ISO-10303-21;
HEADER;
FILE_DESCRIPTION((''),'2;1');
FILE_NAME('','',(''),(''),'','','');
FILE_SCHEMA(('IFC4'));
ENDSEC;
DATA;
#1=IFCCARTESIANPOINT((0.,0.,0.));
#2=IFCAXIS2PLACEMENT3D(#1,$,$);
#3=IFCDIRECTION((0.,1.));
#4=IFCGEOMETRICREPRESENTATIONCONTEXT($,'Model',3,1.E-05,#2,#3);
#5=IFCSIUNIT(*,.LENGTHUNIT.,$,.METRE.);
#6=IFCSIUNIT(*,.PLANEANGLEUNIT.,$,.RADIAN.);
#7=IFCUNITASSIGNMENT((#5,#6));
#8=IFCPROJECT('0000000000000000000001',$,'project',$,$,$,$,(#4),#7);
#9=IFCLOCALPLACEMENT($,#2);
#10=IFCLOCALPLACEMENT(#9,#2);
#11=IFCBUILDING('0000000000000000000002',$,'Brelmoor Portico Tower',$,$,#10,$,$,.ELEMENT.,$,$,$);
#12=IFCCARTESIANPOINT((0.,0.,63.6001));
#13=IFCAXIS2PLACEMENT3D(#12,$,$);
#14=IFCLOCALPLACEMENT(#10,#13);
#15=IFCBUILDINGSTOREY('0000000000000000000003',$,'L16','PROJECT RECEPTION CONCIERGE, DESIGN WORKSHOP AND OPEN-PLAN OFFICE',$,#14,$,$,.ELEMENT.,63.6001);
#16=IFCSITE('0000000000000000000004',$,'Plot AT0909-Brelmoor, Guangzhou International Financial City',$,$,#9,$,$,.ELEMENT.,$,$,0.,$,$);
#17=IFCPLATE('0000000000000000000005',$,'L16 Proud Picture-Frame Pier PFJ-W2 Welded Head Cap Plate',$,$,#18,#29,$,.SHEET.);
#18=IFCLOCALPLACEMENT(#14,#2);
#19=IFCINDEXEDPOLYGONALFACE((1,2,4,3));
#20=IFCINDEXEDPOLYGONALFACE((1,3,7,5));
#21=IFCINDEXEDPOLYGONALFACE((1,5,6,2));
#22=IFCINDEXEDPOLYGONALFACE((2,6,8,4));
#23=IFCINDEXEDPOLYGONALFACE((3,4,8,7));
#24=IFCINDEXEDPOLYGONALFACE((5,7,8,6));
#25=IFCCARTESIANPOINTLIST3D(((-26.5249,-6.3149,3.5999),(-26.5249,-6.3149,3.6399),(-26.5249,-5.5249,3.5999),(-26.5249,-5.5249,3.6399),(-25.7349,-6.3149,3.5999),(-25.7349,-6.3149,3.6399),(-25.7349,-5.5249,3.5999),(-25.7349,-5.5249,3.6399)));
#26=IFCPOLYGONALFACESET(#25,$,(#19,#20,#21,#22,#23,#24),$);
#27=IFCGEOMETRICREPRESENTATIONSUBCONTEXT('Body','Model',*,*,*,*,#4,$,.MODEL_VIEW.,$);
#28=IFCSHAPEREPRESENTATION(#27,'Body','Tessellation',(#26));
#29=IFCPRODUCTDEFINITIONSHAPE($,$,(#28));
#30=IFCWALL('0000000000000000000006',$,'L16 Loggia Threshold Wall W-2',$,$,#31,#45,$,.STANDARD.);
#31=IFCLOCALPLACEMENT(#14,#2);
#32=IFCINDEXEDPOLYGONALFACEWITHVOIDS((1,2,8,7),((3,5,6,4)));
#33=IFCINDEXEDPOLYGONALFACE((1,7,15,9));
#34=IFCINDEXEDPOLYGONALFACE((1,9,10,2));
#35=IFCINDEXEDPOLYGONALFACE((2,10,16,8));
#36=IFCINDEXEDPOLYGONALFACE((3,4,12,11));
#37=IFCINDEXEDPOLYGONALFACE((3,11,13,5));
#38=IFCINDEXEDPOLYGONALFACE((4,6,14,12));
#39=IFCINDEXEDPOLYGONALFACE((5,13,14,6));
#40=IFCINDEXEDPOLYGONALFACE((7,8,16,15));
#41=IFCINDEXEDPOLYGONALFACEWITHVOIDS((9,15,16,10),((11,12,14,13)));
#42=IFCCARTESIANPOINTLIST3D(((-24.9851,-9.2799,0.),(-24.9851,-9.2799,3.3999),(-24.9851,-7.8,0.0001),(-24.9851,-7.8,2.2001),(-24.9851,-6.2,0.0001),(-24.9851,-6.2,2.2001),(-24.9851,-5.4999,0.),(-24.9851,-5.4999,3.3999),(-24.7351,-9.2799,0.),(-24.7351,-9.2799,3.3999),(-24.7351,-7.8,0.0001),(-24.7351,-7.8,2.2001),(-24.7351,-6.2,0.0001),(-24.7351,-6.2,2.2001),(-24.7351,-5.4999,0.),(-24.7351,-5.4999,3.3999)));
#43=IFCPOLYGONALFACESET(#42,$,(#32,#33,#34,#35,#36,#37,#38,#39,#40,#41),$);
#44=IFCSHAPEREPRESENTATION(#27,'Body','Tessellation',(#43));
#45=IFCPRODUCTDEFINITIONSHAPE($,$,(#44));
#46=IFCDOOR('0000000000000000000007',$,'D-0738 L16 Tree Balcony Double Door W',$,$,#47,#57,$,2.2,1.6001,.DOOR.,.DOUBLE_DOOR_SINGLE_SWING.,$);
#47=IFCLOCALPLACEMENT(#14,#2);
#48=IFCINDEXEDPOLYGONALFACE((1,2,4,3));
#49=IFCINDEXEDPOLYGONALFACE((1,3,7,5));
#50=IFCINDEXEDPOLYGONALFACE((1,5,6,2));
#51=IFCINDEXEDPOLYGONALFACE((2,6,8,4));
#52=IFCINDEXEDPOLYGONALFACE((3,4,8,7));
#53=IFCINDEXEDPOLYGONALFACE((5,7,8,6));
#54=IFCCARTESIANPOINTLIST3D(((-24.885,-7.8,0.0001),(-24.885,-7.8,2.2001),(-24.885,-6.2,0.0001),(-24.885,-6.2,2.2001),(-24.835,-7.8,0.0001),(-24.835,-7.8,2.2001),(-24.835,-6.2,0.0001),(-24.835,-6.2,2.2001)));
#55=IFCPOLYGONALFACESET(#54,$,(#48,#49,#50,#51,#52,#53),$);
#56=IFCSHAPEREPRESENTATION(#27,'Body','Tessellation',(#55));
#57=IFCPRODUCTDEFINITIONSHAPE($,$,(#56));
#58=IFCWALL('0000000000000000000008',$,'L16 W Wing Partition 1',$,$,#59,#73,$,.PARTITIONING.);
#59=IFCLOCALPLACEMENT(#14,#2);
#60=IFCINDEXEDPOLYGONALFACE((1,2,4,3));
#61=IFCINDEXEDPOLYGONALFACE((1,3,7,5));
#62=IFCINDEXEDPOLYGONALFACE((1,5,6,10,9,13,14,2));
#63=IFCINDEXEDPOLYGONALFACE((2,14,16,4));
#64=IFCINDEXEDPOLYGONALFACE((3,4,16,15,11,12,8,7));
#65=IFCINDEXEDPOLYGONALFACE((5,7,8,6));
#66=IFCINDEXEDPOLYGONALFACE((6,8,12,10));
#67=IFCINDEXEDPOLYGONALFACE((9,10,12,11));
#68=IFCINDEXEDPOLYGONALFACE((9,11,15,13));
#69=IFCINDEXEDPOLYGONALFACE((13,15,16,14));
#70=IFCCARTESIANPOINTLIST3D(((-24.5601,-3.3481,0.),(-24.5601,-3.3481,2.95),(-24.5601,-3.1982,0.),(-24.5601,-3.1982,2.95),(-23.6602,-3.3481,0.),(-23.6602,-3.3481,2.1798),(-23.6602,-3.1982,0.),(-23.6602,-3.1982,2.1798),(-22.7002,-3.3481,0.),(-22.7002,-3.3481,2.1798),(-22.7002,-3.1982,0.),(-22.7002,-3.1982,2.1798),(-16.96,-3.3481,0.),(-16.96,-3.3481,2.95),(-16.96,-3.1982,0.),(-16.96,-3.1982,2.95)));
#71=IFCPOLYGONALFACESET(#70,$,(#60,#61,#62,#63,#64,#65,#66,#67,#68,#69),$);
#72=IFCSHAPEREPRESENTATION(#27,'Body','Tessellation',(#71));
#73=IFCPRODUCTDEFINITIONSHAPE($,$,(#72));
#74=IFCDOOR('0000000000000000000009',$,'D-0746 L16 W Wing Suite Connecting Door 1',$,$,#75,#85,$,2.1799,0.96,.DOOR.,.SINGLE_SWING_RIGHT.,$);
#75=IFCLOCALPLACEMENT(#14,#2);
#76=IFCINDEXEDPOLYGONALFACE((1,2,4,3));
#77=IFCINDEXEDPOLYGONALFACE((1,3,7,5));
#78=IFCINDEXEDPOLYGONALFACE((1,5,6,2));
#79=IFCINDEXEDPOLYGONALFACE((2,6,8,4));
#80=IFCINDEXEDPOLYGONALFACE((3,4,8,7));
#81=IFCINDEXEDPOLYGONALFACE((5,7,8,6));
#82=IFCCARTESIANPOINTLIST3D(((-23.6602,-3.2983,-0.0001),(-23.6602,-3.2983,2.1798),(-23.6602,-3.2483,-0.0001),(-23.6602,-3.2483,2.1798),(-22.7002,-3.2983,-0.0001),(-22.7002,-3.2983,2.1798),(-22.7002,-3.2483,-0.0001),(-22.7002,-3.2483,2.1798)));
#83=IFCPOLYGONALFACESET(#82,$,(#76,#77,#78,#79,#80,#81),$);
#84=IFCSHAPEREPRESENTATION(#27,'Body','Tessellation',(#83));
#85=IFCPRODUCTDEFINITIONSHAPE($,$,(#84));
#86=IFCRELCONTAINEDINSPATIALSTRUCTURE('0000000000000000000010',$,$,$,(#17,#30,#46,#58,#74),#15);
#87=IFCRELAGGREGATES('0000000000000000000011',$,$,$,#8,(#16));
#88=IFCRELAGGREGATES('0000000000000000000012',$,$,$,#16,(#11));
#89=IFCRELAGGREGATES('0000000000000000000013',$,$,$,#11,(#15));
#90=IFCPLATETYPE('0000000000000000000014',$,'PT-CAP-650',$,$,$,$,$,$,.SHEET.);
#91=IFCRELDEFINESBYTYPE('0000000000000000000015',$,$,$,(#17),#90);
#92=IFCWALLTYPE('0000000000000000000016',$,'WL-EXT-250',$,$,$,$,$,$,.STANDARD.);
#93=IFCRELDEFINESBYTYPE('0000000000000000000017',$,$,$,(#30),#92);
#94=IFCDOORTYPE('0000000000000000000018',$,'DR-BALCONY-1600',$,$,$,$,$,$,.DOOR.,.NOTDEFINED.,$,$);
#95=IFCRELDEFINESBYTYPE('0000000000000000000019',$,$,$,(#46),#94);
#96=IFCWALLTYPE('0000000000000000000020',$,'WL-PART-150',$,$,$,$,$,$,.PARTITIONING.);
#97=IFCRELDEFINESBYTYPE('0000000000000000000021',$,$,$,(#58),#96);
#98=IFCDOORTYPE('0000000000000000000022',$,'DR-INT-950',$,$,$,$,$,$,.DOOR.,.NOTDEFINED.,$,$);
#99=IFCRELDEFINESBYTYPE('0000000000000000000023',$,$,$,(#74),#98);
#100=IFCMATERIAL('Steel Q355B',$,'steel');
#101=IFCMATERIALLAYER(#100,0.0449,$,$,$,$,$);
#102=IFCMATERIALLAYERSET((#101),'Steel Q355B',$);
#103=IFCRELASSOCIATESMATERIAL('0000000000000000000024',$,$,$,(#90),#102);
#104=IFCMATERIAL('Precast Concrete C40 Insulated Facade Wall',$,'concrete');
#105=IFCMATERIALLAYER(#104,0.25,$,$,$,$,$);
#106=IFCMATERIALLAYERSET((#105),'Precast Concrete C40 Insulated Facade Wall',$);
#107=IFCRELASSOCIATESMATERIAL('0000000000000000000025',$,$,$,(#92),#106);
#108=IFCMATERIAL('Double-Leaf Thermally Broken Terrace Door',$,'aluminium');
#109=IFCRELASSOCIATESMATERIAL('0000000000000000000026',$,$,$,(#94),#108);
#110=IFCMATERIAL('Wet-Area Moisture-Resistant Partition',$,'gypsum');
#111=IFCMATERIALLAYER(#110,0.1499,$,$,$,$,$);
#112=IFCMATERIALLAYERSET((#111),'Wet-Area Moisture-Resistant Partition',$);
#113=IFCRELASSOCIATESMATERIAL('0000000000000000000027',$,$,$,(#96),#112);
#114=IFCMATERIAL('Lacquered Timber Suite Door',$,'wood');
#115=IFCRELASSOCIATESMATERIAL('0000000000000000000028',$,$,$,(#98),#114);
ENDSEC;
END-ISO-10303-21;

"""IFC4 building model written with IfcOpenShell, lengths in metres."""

from ifc_helpers import new_model, si_unit, direction, frame, frame_2d, origin, origin_2d, place, context, subcontext, project, spatial, rectangle, extrude, material, layer, layer_set, type_object, element, fill, save


model = new_model("IFC4")

# Units and contexts
model_context = context("Model", 3, precision=1e-05, world=origin(), true_north=direction((0.0, 1.0)))
body_context = subcontext(model_context, "Body", "Model", "MODEL_VIEW")
ifc_project = project(units=[si_unit("LENGTHUNIT", "METRE"), si_unit("PLANEANGLEUNIT", "RADIAN")], contexts=[model_context])

# Site, building, storey
site_placement = place(None, origin())
site = spatial("IfcSite", under=ifc_project, at=site_placement, Name="Plot AT0909-Brelmoor, Guangzhou International Financial City", CompositionType="ELEMENT", RefElevation=0.0)
building_placement = place(site_placement, origin())
building = spatial("IfcBuilding", under=site, at=building_placement, Name="Brelmoor Portico Tower", CompositionType="ELEMENT")
storey_placement = place(building_placement, frame((0.0, 0.0, 63.6001)))
storey = spatial("IfcBuildingStorey", under=building, at=storey_placement, Name="L16", Description="PROJECT RECEPTION CONCIERGE, DESIGN WORKSHOP AND OPEN-PLAN OFFICE", CompositionType="ELEMENT", Elevation=63.6001)

# Shared definitions
ifc_material_1 = material(Name="Steel Q355B", Category="steel")

# Plate
ifc_layer_1 = layer(ifc_material_1, 0.0449)
ifc_layer_set_1 = layer_set([ifc_layer_1], Name="Steel Q355B")
plate_type = type_object("IfcPlateType", Name="PT-CAP-650", PredefinedType="SHEET", material=ifc_layer_set_1)
plate_placement = place(storey_placement, frame((-26.1299, -5.9199, 3.5999), z_axis=(0.0, 0.0, 1.0), x_axis=(0.0, 1.0, 0.0)))
element("IfcPlate", 1, at=plate_placement, inside=storey, type_object=plate_type, Name="L16 Proud Picture-Frame Pier PFJ-W2 Welded Head Cap Plate", PredefinedType="SHEET", context=body_context, shape_type="SweptSolid", body=[
    extrude(rectangle(XDim=0.79, YDim=0.79, at=origin_2d()), origin(), (0.0, 0.0, 1.0), 0.04),
])

# Walls, openings, doors
ifc_material_2 = material(Name="Precast Concrete C40 Insulated Facade Wall", Category="concrete")
ifc_layer_2 = layer(ifc_material_2, 0.25)
ifc_layer_set_2 = layer_set([ifc_layer_2], Name="Precast Concrete C40 Insulated Facade Wall")
wall_type_1 = type_object("IfcWallType", Name="WL-EXT-250", PredefinedType="STANDARD", material=ifc_layer_set_2)
wall_1_placement = place(storey_placement, frame((-24.8601, -9.28, 0.0), z_axis=(0.0, 0.0, 1.0), x_axis=(0.0, 1.0, 0.0)))
wall_1 = element("IfcWall", 2, at=wall_1_placement, inside=storey, type_object=wall_type_1, Name="L16 Loggia Threshold Wall W-2", PredefinedType="STANDARD", context=body_context, shape_type="SweptSolid", body=[
    extrude(rectangle(XDim=3.78, YDim=0.25, at=frame_2d((1.8901, 0.0))), origin(), (0.0, 0.0, 1.0), 3.3999),
])
opening_1_placement = place(wall_1_placement, frame((1.48, 0.0, 0.0)))
opening_1 = element("IfcOpeningElement", 3, at=opening_1_placement, cuts=wall_1, PredefinedType="OPENING", context=body_context, shape_type="SweptSolid", body=[
    extrude(rectangle(XDim=1.6001, YDim=2.2, at=frame_2d((0.8, 1.1001))), frame((0.0, 0.135, 0.0), z_axis=(0.0, -1.0, 0.0), x_axis=(1.0, 0.0, 0.0)), (0.0, 0.0, 1.0), 0.27),
])
ifc_material_3 = material(Name="Double-Leaf Thermally Broken Terrace Door", Category="aluminium")
door_type_1 = type_object("IfcDoorType", Name="DR-BALCONY-1600", OperationType="NOTDEFINED", PredefinedType="DOOR", material=ifc_material_3)
door_1_placement = place(opening_1_placement, origin())
door_1 = element("IfcDoor", 4, at=door_1_placement, inside=storey, type_object=door_type_1, Name="D-0738 L16 Tree Balcony Double Door W", OperationType="DOUBLE_DOOR_SINGLE_SWING", OverallHeight=2.2, OverallWidth=1.6001, PredefinedType="DOOR", context=body_context, shape_type="SweptSolid", body=[
    extrude(rectangle(XDim=1.6001, YDim=2.2, at=frame_2d((0.8, 1.1001))), frame((0.0, 0.0249, 0.0), z_axis=(0.0, -1.0, 0.0), x_axis=(1.0, 0.0, 0.0)), (0.0, 0.0, 1.0), 0.05),
])
fill(opening_1, door_1)
ifc_material_4 = material(Name="Wet-Area Moisture-Resistant Partition", Category="gypsum")
ifc_layer_3 = layer(ifc_material_4, 0.1499)
ifc_layer_set_3 = layer_set([ifc_layer_3], Name="Wet-Area Moisture-Resistant Partition")
wall_type_2 = type_object("IfcWallType", Name="WL-PART-150", PredefinedType="PARTITIONING", material=ifc_layer_set_3)
wall_2_placement = place(storey_placement, frame((-24.5601, -3.2732, 0.0), z_axis=(0.0, 0.0, 1.0), x_axis=(1.0, 0.0, 0.0)))
wall_2 = element("IfcWall", 5, at=wall_2_placement, inside=storey, type_object=wall_type_2, Name="L16 W Wing Partition 1", PredefinedType="PARTITIONING", context=body_context, shape_type="SweptSolid", body=[
    extrude(rectangle(XDim=7.6001, YDim=0.1499, at=frame_2d((3.8, 0.0))), origin(), (0.0, 0.0, 1.0), 2.95),
])
opening_2_placement = place(wall_2_placement, frame((0.8999, 0.0, 0.0)))
opening_2 = element("IfcOpeningElement", 6, at=opening_2_placement, cuts=wall_2, PredefinedType="OPENING", context=body_context, shape_type="SweptSolid", body=[
    extrude(rectangle(XDim=0.96, YDim=2.1799, at=frame_2d((0.48, 1.0898))), frame((0.0, 0.085, 0.0), z_axis=(0.0, -1.0, 0.0), x_axis=(1.0, 0.0, 0.0)), (0.0, 0.0, 1.0), 0.1699),
])
ifc_material_5 = material(Name="Lacquered Timber Suite Door", Category="wood")
door_type_2 = type_object("IfcDoorType", Name="DR-INT-950", OperationType="NOTDEFINED", PredefinedType="DOOR", material=ifc_material_5)
door_2_placement = place(opening_2_placement, origin())
door_2 = element("IfcDoor", 7, at=door_2_placement, inside=storey, type_object=door_type_2, Name="D-0746 L16 W Wing Suite Connecting Door 1", OperationType="SINGLE_SWING_RIGHT", OverallHeight=2.1799, OverallWidth=0.96, PredefinedType="DOOR", context=body_context, shape_type="SweptSolid", body=[
    extrude(rectangle(XDim=0.96, YDim=2.1799, at=frame_2d((0.48, 1.0898))), frame((0.0, 0.0249, 0.0), z_axis=(0.0, -1.0, 0.0), x_axis=(1.0, 0.0, 0.0)), (0.0, 0.0, 1.0), 0.05),
])
fill(opening_2, door_2)

save(model, "model.ifc")
